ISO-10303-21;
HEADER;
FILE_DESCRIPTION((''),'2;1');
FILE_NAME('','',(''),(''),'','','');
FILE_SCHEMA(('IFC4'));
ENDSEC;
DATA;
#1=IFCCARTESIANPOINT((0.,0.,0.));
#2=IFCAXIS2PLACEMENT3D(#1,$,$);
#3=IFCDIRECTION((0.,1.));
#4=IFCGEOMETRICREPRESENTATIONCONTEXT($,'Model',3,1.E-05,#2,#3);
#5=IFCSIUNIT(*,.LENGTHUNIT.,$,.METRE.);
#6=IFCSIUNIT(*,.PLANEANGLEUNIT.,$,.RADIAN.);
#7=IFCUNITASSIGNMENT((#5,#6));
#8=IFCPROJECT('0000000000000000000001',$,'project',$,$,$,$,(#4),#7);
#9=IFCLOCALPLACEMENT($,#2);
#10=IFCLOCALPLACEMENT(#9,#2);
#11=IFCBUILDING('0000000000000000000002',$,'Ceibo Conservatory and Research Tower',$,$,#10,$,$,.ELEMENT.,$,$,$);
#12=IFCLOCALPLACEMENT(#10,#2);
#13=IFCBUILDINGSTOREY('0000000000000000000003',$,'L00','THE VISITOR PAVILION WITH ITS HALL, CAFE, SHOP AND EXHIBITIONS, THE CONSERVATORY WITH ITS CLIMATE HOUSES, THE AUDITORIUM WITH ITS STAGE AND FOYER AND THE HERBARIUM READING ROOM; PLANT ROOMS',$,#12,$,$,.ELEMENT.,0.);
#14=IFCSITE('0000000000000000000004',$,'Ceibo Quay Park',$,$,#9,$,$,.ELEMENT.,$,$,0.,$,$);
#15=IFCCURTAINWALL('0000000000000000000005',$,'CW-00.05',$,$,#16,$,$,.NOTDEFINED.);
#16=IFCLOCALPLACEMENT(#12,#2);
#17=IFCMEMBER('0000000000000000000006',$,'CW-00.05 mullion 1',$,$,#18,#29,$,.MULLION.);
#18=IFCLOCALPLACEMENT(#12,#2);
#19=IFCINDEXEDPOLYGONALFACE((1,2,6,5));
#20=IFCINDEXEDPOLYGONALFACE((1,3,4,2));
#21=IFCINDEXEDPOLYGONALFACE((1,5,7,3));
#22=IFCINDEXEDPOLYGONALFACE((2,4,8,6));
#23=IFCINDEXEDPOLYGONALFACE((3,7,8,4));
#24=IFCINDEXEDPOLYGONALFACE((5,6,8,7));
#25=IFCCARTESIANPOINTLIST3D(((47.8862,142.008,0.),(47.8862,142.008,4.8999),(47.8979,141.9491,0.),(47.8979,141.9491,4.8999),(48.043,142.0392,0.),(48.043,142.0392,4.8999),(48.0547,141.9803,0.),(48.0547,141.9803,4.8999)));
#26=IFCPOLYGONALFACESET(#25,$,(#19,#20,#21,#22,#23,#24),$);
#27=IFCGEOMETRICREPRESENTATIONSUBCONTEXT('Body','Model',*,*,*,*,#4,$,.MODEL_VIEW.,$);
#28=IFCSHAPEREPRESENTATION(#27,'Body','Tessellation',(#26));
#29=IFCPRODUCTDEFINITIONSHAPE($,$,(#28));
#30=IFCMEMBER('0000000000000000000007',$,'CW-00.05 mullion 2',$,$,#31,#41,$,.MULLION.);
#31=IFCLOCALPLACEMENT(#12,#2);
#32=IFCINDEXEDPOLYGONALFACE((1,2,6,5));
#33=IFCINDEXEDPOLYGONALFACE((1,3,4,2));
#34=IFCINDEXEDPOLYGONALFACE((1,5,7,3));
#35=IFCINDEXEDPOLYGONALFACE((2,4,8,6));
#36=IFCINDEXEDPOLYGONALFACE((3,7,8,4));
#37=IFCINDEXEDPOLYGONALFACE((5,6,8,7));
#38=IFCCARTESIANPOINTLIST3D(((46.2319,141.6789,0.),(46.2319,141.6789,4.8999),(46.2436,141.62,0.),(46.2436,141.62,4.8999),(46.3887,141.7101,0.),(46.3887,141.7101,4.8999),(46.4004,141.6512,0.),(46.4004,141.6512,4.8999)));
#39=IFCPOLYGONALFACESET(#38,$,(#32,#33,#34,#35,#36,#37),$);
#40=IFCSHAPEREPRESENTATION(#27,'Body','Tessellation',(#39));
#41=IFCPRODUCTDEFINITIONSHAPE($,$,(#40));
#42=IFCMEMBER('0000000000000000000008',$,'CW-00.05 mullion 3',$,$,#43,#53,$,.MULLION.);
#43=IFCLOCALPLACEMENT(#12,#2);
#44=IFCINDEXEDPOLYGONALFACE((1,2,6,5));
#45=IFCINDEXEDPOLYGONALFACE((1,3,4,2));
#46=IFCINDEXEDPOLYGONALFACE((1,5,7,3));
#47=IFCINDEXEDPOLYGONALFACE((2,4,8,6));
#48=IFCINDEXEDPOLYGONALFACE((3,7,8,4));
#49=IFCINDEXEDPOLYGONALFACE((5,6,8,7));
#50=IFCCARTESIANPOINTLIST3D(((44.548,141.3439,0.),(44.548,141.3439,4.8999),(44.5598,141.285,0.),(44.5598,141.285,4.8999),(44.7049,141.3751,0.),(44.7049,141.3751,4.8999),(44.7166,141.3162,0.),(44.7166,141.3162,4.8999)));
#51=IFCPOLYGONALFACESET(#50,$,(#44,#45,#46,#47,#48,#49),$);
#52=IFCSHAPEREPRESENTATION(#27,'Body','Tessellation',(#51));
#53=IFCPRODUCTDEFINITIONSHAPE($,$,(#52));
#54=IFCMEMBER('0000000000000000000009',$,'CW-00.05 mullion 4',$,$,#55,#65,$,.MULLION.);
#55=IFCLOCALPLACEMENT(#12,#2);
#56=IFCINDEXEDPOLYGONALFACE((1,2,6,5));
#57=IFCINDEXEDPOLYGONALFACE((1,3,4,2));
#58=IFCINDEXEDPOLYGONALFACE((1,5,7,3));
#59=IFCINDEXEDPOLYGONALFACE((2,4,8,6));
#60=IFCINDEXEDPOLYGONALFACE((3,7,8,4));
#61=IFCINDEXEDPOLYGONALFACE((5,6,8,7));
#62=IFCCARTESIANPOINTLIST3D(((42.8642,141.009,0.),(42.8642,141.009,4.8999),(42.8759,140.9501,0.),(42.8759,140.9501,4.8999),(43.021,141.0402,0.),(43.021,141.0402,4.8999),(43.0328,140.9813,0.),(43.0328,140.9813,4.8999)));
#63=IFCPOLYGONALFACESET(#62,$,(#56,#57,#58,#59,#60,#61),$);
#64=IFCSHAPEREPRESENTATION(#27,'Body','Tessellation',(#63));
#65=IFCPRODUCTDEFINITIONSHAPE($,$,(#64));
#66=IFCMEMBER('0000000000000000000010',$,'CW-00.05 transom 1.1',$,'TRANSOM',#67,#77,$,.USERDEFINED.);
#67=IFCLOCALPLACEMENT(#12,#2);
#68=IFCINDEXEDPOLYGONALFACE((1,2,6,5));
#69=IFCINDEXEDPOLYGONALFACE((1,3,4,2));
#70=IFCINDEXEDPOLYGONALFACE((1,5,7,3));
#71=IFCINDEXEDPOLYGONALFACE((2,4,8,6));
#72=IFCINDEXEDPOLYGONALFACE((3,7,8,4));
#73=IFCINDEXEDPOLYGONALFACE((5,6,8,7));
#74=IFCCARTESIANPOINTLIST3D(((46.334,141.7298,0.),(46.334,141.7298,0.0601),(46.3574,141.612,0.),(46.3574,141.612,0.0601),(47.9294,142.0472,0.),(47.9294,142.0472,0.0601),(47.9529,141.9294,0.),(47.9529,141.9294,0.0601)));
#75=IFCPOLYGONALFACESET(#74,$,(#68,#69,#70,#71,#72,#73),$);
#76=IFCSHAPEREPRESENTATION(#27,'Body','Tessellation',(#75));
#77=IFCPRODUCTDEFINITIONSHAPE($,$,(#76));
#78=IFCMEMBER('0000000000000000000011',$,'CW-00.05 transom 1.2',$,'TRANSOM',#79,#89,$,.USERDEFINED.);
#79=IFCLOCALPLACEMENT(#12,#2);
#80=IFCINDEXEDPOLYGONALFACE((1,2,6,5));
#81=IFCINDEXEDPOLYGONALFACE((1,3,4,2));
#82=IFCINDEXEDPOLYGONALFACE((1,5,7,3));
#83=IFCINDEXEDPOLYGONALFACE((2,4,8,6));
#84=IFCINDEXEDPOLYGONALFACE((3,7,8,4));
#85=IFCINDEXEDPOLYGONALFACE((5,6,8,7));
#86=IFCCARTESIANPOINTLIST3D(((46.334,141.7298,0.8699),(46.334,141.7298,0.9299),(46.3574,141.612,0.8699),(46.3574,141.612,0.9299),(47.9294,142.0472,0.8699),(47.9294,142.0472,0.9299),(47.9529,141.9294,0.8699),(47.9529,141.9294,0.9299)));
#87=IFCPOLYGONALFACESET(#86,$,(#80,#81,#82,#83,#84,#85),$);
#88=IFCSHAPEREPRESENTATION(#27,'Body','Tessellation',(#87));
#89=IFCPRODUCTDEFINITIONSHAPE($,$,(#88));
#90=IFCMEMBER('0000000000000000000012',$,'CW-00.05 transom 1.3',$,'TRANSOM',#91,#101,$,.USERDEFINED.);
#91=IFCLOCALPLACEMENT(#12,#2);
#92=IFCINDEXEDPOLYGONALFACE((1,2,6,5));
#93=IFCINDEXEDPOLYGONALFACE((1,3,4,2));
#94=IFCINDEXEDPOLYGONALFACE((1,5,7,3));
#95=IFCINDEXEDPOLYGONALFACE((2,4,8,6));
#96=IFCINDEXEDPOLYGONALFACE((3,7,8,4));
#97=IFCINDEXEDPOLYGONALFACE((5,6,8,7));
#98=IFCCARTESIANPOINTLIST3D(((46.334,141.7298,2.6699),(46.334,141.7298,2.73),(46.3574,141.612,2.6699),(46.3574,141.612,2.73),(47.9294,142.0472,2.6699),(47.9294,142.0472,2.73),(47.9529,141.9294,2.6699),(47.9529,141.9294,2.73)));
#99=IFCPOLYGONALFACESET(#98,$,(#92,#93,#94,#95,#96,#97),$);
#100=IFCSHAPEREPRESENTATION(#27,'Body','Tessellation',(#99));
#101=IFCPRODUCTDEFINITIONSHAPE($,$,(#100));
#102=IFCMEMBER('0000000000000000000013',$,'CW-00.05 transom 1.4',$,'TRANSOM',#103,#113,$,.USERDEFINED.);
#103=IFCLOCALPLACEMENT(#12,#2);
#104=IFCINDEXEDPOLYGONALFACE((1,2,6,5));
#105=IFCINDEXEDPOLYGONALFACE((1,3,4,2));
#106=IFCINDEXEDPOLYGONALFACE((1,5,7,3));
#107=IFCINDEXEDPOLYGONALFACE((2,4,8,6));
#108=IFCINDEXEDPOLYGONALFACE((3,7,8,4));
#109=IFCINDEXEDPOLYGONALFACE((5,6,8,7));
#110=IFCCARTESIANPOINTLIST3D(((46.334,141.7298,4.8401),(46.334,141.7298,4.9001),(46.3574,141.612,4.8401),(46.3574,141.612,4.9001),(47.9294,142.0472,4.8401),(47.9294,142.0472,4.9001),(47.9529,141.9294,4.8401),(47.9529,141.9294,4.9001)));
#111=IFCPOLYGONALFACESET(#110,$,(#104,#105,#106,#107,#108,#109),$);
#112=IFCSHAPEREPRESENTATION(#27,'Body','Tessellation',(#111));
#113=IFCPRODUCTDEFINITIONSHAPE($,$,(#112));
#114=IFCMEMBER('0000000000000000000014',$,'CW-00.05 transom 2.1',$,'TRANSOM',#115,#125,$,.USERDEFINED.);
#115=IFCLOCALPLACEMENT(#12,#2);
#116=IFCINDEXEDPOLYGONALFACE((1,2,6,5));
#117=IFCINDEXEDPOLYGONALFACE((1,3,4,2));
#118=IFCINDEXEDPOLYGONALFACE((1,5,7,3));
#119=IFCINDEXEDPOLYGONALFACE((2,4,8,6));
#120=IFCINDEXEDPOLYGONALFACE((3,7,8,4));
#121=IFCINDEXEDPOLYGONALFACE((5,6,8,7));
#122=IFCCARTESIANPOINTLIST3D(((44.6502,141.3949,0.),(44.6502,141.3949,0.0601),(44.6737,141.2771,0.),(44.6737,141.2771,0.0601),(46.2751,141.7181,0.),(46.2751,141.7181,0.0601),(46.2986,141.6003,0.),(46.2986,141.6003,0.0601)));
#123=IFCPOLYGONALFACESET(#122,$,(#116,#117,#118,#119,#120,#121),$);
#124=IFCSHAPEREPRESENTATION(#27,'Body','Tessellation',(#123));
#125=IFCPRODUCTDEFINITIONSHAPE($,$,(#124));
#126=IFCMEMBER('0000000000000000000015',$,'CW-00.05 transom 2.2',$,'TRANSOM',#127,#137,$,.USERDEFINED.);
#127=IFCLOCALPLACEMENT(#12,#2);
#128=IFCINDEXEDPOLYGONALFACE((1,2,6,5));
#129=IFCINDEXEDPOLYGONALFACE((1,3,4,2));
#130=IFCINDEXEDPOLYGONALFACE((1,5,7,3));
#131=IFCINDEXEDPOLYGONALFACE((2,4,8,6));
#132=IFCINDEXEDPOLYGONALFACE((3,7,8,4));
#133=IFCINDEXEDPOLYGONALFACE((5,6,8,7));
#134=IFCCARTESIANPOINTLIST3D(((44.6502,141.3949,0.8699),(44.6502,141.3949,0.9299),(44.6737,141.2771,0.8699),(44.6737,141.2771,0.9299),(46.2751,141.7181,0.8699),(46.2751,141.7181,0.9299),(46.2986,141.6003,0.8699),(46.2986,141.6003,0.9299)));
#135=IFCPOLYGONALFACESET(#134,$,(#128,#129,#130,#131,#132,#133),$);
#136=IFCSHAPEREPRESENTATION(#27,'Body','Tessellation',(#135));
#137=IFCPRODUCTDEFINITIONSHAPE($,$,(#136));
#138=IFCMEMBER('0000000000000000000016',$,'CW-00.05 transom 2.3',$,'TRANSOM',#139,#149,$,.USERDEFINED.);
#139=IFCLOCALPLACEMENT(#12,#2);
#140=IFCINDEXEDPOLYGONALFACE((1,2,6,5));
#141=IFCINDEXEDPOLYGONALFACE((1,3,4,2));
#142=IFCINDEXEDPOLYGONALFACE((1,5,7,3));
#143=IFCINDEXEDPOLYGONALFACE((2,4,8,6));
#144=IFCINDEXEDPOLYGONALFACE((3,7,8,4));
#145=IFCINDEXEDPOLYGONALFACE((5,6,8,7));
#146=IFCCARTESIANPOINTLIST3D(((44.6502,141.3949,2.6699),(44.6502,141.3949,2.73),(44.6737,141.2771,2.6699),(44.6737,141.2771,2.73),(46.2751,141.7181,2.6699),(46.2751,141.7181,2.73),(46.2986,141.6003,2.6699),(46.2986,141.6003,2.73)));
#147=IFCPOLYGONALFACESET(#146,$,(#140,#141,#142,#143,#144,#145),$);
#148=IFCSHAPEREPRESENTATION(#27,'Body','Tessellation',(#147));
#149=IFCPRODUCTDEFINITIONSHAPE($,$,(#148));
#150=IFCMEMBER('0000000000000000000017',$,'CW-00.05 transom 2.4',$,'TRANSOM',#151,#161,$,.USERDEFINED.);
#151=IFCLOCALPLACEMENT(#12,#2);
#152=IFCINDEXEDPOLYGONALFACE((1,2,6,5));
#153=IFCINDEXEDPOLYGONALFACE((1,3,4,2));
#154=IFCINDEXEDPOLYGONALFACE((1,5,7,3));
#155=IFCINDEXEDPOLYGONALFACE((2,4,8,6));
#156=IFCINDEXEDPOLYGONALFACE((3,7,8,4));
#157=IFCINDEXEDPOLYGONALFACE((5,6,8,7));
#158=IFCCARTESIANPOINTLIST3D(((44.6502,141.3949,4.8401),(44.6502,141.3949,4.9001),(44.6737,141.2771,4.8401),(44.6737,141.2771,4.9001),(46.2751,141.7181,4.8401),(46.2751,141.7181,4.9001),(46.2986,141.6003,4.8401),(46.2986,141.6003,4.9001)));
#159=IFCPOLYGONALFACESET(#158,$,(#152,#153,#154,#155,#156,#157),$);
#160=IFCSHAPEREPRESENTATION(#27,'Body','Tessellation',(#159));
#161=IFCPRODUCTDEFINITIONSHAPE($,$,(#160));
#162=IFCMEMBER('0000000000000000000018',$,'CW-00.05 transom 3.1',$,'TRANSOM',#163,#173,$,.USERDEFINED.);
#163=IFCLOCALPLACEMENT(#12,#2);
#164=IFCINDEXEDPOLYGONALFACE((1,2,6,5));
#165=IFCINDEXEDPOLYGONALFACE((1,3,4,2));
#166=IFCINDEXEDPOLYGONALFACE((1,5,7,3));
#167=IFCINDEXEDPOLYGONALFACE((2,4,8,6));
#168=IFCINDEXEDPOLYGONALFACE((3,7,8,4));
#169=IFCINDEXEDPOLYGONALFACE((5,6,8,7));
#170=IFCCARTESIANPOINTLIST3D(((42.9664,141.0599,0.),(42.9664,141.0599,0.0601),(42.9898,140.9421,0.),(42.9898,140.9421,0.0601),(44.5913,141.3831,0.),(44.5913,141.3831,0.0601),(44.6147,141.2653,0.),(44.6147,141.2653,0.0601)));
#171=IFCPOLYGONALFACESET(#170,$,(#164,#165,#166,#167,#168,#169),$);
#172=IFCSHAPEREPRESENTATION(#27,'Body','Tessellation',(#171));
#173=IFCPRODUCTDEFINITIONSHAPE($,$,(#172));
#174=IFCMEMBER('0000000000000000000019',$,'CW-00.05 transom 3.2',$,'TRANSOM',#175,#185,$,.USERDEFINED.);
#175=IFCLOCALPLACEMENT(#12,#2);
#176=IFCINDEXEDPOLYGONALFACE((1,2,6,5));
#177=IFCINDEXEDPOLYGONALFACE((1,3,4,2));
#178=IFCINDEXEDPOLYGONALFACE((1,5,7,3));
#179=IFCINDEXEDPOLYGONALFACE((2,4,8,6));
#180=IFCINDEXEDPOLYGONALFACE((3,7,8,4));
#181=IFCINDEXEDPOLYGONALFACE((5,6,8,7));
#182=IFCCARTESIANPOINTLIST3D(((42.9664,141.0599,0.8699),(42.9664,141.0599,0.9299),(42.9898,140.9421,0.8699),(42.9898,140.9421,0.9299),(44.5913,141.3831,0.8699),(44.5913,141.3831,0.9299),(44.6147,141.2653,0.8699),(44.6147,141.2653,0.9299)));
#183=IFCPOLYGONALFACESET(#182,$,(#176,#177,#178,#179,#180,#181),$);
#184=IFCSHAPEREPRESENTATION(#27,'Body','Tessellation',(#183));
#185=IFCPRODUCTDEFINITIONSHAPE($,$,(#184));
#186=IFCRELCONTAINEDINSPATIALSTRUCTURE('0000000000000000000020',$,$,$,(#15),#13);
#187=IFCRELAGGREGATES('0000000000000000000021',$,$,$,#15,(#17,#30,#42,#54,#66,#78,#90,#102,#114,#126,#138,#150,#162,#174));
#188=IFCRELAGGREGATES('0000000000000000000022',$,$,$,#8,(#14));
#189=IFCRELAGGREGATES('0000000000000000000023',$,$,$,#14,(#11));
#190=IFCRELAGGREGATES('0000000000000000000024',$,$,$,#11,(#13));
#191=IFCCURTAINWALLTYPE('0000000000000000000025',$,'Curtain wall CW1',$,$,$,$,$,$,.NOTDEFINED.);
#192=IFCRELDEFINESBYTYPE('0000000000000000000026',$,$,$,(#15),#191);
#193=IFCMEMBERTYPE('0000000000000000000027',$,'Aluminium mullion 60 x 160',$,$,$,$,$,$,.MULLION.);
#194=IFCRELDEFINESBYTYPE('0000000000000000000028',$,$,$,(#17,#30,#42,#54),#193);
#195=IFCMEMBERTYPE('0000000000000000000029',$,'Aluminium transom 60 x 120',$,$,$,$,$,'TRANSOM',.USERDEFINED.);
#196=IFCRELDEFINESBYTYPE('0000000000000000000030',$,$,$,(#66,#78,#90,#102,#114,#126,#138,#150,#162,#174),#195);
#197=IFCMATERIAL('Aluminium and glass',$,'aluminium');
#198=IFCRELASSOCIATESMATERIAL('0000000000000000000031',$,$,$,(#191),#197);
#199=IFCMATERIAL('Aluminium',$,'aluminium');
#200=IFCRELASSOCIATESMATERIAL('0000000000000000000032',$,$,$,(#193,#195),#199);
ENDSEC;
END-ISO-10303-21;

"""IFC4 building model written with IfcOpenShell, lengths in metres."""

from ifc_helpers import new_model, si_unit, direction, frame, origin, origin_2d, place, context, subcontext, project, spatial, rectangle, extrude, material, material_profile, profile_set, type_object, element, aggregate, save


model = new_model("IFC4")

# Units and contexts
model_context = context("Model", 3, precision=1e-05, world=origin(), true_north=direction((0.0, 1.0)))
body_context = subcontext(model_context, "Body", "Model", "MODEL_VIEW")
ifc_project = project(units=[si_unit("LENGTHUNIT", "METRE"), si_unit("PLANEANGLEUNIT", "RADIAN")], contexts=[model_context])

# Site, building, storey
site_placement = place(None, origin())
site = spatial("IfcSite", under=ifc_project, at=site_placement, Name="Ceibo Quay Park", CompositionType="ELEMENT", RefElevation=0.0)
building_placement = place(site_placement, origin())
building = spatial("IfcBuilding", under=site, at=building_placement, Name="Ceibo Conservatory and Research Tower", CompositionType="ELEMENT")
storey_placement = place(building_placement, origin())
storey = spatial("IfcBuildingStorey", under=building, at=storey_placement, Name="L00", Description="THE VISITOR PAVILION WITH ITS HALL, CAFE, SHOP AND EXHIBITIONS, THE CONSERVATORY WITH ITS CLIMATE HOUSES, THE AUDITORIUM WITH ITS STAGE AND FOYER AND THE HERBARIUM READING ROOM; PLANT ROOMS", CompositionType="ELEMENT", Elevation=0.0)

# Curtain wall, members
ifc_material_1 = material(Name="Aluminium and glass", Category="aluminium")
curtain_wall_type = type_object("IfcCurtainWallType", Name="Curtain wall CW1", PredefinedType="NOTDEFINED", material=ifc_material_1)
curtain_wall_placement = place(storey_placement, origin())
curtain_wall = element("IfcCurtainWall", 1, at=curtain_wall_placement, inside=storey, type_object=curtain_wall_type, Name="CW-00.05", PredefinedType="NOTDEFINED")
ifc_material_2 = material(Name="Aluminium", Category="aluminium")
ifc_material_profile_1 = material_profile(ifc_material_2, rectangle(XDim=0.0601, YDim=0.1599, at=origin_2d()), Name="Aluminium 60 x 160")
ifc_profile_set_1 = profile_set([ifc_material_profile_1], Name="Aluminium")
member_type_1 = type_object("IfcMemberType", Name="Aluminium mullion 60 x 160", PredefinedType="MULLION", material=ifc_profile_set_1)
member_1_placement = place(storey_placement, frame((47.9705, 141.9941, 0.0), z_axis=(0.0, 0.0, 1.0), x_axis=(0.19509, -0.980785, 0.0)))
member_1 = element("IfcMember", 2, at=member_1_placement, type_object=member_type_1, Name="CW-00.05 mullion 1", PredefinedType="MULLION", context=body_context, shape_type="SweptSolid", body=[
    extrude(rectangle(XDim=0.0601, YDim=0.1599, at=origin_2d()), origin(), (0.0, 0.0, 1.0), 4.8999),
])
member_2_placement = place(storey_placement, frame((46.3162, 141.665, 0.0), z_axis=(0.0, 0.0, 1.0), x_axis=(0.19509, -0.980785, 0.0)))
member_2 = element("IfcMember", 3, at=member_2_placement, type_object=member_type_1, Name="CW-00.05 mullion 2", PredefinedType="MULLION", context=body_context, shape_type="SweptSolid", body=[
    extrude(rectangle(XDim=0.0601, YDim=0.1599, at=origin_2d()), origin(), (0.0, 0.0, 1.0), 4.8999),
])
member_3_placement = place(storey_placement, frame((44.6323, 141.3301, 0.0), z_axis=(0.0, 0.0, 1.0), x_axis=(0.19509, -0.980785, 0.0)))
member_3 = element("IfcMember", 4, at=member_3_placement, type_object=member_type_1, Name="CW-00.05 mullion 3", PredefinedType="MULLION", context=body_context, shape_type="SweptSolid", body=[
    extrude(rectangle(XDim=0.0601, YDim=0.1599, at=origin_2d()), origin(), (0.0, 0.0, 1.0), 4.8999),
])
member_4_placement = place(storey_placement, frame((42.9485, 140.9951, 0.0), z_axis=(0.0, 0.0, 1.0), x_axis=(0.19509, -0.980785, 0.0)))
member_4 = element("IfcMember", 5, at=member_4_placement, type_object=member_type_1, Name="CW-00.05 mullion 4", PredefinedType="MULLION", context=body_context, shape_type="SweptSolid", body=[
    extrude(rectangle(XDim=0.0601, YDim=0.1599, at=origin_2d()), origin(), (0.0, 0.0, 1.0), 4.8999),
])
ifc_material_profile_2 = material_profile(ifc_material_2, rectangle(XDim=0.1201, YDim=0.0601, at=origin_2d()), Name="Aluminium 60 x 120")
ifc_profile_set_2 = profile_set([ifc_material_profile_2], Name="Aluminium")
member_type_2 = type_object("IfcMemberType", Name="Aluminium transom 60 x 120", ElementType="TRANSOM", PredefinedType="USERDEFINED", material=ifc_profile_set_2)
member_5_placement = place(storey_placement, frame((47.9412, 141.9883, 0.03), z_axis=(-0.980782, -0.195106, 0.0), x_axis=(0.195106, -0.980782, 0.0)))
member_5 = element("IfcMember", 6, at=member_5_placement, type_object=member_type_2, Name="CW-00.05 transom 1.1", ObjectType="TRANSOM", PredefinedType="USERDEFINED", context=body_context, shape_type="SweptSolid", body=[
    extrude(rectangle(XDim=0.1201, YDim=0.0601, at=origin_2d()), origin(), (0.0, 0.0, 1.0), 1.6267),
])
member_6_placement = place(storey_placement, frame((47.9412, 141.9883, 0.8999), z_axis=(-0.980782, -0.195106, 0.0), x_axis=(0.195106, -0.980782, 0.0)))
member_6 = element("IfcMember", 7, at=member_6_placement, type_object=member_type_2, Name="CW-00.05 transom 1.2", ObjectType="TRANSOM", PredefinedType="USERDEFINED", context=body_context, shape_type="SweptSolid", body=[
    extrude(rectangle(XDim=0.1201, YDim=0.0601, at=origin_2d()), origin(), (0.0, 0.0, 1.0), 1.6267),
])
member_7_placement = place(storey_placement, frame((47.9412, 141.9883, 2.7), z_axis=(-0.980782, -0.195106, 0.0), x_axis=(0.195106, -0.980782, 0.0)))
member_7 = element("IfcMember", 8, at=member_7_placement, type_object=member_type_2, Name="CW-00.05 transom 1.3", ObjectType="TRANSOM", PredefinedType="USERDEFINED", context=body_context, shape_type="SweptSolid", body=[
    extrude(rectangle(XDim=0.1201, YDim=0.0601, at=origin_2d()), origin(), (0.0, 0.0, 1.0), 1.6267),
])
member_8_placement = place(storey_placement, frame((47.9412, 141.9883, 4.8701), z_axis=(-0.980782, -0.195106, 0.0), x_axis=(0.195106, -0.980782, 0.0)))
member_8 = element("IfcMember", 9, at=member_8_placement, type_object=member_type_2, Name="CW-00.05 transom 1.4", ObjectType="TRANSOM", PredefinedType="USERDEFINED", context=body_context, shape_type="SweptSolid", body=[
    extrude(rectangle(XDim=0.1201, YDim=0.0601, at=origin_2d()), origin(), (0.0, 0.0, 1.0), 1.6267),
])
member_9_placement = place(storey_placement, frame((46.2869, 141.6592, 0.03), z_axis=(-0.980784, -0.195096, 0.0), x_axis=(0.195096, -0.980784, 0.0)))
member_9 = element("IfcMember", 10, at=member_9_placement, type_object=member_type_2, Name="CW-00.05 transom 2.1", ObjectType="TRANSOM", PredefinedType="USERDEFINED", context=body_context, shape_type="SweptSolid", body=[
    extrude(rectangle(XDim=0.1201, YDim=0.0601, at=origin_2d()), origin(), (0.0, 0.0, 1.0), 1.6567),
])
member_10_placement = place(storey_placement, frame((46.2869, 141.6592, 0.8999), z_axis=(-0.980784, -0.195096, 0.0), x_axis=(0.195096, -0.980784, 0.0)))
member_10 = element("IfcMember", 11, at=member_10_placement, type_object=member_type_2, Name="CW-00.05 transom 2.2", ObjectType="TRANSOM", PredefinedType="USERDEFINED", context=body_context, shape_type="SweptSolid", body=[
    extrude(rectangle(XDim=0.1201, YDim=0.0601, at=origin_2d()), origin(), (0.0, 0.0, 1.0), 1.6567),
])
member_11_placement = place(storey_placement, frame((46.2869, 141.6592, 2.7), z_axis=(-0.980784, -0.195096, 0.0), x_axis=(0.195096, -0.980784, 0.0)))
member_11 = element("IfcMember", 12, at=member_11_placement, type_object=member_type_2, Name="CW-00.05 transom 2.3", ObjectType="TRANSOM", PredefinedType="USERDEFINED", context=body_context, shape_type="SweptSolid", body=[
    extrude(rectangle(XDim=0.1201, YDim=0.0601, at=origin_2d()), origin(), (0.0, 0.0, 1.0), 1.6567),
])
member_12_placement = place(storey_placement, frame((46.2869, 141.6592, 4.8701), z_axis=(-0.980784, -0.195096, 0.0), x_axis=(0.195096, -0.980784, 0.0)))
member_12 = element("IfcMember", 13, at=member_12_placement, type_object=member_type_2, Name="CW-00.05 transom 2.4", ObjectType="TRANSOM", PredefinedType="USERDEFINED", context=body_context, shape_type="SweptSolid", body=[
    extrude(rectangle(XDim=0.1201, YDim=0.0601, at=origin_2d()), origin(), (0.0, 0.0, 1.0), 1.6567),
])
member_13_placement = place(storey_placement, frame((44.603, 141.3242, 0.03), z_axis=(-0.980784, -0.195096, 0.0), x_axis=(0.195096, -0.980784, 0.0)))
member_13 = element("IfcMember", 14, at=member_13_placement, type_object=member_type_2, Name="CW-00.05 transom 3.1", ObjectType="TRANSOM", PredefinedType="USERDEFINED", context=body_context, shape_type="SweptSolid", body=[
    extrude(rectangle(XDim=0.1201, YDim=0.0601, at=origin_2d()), origin(), (0.0, 0.0, 1.0), 1.6567),
])
member_14_placement = place(storey_placement, frame((44.603, 141.3242, 0.8999), z_axis=(-0.980784, -0.195096, 0.0), x_axis=(0.195096, -0.980784, 0.0)))
member_14 = element("IfcMember", 15, at=member_14_placement, type_object=member_type_2, Name="CW-00.05 transom 3.2", ObjectType="TRANSOM", PredefinedType="USERDEFINED", context=body_context, shape_type="SweptSolid", body=[
    extrude(rectangle(XDim=0.1201, YDim=0.0601, at=origin_2d()), origin(), (0.0, 0.0, 1.0), 1.6567),
])

aggregate(curtain_wall, [member_1, member_2, member_3, member_4, member_5, member_6, member_7, member_8, member_9, member_10, member_11, member_12, member_13, member_14])

save(model, "model.ifc")
